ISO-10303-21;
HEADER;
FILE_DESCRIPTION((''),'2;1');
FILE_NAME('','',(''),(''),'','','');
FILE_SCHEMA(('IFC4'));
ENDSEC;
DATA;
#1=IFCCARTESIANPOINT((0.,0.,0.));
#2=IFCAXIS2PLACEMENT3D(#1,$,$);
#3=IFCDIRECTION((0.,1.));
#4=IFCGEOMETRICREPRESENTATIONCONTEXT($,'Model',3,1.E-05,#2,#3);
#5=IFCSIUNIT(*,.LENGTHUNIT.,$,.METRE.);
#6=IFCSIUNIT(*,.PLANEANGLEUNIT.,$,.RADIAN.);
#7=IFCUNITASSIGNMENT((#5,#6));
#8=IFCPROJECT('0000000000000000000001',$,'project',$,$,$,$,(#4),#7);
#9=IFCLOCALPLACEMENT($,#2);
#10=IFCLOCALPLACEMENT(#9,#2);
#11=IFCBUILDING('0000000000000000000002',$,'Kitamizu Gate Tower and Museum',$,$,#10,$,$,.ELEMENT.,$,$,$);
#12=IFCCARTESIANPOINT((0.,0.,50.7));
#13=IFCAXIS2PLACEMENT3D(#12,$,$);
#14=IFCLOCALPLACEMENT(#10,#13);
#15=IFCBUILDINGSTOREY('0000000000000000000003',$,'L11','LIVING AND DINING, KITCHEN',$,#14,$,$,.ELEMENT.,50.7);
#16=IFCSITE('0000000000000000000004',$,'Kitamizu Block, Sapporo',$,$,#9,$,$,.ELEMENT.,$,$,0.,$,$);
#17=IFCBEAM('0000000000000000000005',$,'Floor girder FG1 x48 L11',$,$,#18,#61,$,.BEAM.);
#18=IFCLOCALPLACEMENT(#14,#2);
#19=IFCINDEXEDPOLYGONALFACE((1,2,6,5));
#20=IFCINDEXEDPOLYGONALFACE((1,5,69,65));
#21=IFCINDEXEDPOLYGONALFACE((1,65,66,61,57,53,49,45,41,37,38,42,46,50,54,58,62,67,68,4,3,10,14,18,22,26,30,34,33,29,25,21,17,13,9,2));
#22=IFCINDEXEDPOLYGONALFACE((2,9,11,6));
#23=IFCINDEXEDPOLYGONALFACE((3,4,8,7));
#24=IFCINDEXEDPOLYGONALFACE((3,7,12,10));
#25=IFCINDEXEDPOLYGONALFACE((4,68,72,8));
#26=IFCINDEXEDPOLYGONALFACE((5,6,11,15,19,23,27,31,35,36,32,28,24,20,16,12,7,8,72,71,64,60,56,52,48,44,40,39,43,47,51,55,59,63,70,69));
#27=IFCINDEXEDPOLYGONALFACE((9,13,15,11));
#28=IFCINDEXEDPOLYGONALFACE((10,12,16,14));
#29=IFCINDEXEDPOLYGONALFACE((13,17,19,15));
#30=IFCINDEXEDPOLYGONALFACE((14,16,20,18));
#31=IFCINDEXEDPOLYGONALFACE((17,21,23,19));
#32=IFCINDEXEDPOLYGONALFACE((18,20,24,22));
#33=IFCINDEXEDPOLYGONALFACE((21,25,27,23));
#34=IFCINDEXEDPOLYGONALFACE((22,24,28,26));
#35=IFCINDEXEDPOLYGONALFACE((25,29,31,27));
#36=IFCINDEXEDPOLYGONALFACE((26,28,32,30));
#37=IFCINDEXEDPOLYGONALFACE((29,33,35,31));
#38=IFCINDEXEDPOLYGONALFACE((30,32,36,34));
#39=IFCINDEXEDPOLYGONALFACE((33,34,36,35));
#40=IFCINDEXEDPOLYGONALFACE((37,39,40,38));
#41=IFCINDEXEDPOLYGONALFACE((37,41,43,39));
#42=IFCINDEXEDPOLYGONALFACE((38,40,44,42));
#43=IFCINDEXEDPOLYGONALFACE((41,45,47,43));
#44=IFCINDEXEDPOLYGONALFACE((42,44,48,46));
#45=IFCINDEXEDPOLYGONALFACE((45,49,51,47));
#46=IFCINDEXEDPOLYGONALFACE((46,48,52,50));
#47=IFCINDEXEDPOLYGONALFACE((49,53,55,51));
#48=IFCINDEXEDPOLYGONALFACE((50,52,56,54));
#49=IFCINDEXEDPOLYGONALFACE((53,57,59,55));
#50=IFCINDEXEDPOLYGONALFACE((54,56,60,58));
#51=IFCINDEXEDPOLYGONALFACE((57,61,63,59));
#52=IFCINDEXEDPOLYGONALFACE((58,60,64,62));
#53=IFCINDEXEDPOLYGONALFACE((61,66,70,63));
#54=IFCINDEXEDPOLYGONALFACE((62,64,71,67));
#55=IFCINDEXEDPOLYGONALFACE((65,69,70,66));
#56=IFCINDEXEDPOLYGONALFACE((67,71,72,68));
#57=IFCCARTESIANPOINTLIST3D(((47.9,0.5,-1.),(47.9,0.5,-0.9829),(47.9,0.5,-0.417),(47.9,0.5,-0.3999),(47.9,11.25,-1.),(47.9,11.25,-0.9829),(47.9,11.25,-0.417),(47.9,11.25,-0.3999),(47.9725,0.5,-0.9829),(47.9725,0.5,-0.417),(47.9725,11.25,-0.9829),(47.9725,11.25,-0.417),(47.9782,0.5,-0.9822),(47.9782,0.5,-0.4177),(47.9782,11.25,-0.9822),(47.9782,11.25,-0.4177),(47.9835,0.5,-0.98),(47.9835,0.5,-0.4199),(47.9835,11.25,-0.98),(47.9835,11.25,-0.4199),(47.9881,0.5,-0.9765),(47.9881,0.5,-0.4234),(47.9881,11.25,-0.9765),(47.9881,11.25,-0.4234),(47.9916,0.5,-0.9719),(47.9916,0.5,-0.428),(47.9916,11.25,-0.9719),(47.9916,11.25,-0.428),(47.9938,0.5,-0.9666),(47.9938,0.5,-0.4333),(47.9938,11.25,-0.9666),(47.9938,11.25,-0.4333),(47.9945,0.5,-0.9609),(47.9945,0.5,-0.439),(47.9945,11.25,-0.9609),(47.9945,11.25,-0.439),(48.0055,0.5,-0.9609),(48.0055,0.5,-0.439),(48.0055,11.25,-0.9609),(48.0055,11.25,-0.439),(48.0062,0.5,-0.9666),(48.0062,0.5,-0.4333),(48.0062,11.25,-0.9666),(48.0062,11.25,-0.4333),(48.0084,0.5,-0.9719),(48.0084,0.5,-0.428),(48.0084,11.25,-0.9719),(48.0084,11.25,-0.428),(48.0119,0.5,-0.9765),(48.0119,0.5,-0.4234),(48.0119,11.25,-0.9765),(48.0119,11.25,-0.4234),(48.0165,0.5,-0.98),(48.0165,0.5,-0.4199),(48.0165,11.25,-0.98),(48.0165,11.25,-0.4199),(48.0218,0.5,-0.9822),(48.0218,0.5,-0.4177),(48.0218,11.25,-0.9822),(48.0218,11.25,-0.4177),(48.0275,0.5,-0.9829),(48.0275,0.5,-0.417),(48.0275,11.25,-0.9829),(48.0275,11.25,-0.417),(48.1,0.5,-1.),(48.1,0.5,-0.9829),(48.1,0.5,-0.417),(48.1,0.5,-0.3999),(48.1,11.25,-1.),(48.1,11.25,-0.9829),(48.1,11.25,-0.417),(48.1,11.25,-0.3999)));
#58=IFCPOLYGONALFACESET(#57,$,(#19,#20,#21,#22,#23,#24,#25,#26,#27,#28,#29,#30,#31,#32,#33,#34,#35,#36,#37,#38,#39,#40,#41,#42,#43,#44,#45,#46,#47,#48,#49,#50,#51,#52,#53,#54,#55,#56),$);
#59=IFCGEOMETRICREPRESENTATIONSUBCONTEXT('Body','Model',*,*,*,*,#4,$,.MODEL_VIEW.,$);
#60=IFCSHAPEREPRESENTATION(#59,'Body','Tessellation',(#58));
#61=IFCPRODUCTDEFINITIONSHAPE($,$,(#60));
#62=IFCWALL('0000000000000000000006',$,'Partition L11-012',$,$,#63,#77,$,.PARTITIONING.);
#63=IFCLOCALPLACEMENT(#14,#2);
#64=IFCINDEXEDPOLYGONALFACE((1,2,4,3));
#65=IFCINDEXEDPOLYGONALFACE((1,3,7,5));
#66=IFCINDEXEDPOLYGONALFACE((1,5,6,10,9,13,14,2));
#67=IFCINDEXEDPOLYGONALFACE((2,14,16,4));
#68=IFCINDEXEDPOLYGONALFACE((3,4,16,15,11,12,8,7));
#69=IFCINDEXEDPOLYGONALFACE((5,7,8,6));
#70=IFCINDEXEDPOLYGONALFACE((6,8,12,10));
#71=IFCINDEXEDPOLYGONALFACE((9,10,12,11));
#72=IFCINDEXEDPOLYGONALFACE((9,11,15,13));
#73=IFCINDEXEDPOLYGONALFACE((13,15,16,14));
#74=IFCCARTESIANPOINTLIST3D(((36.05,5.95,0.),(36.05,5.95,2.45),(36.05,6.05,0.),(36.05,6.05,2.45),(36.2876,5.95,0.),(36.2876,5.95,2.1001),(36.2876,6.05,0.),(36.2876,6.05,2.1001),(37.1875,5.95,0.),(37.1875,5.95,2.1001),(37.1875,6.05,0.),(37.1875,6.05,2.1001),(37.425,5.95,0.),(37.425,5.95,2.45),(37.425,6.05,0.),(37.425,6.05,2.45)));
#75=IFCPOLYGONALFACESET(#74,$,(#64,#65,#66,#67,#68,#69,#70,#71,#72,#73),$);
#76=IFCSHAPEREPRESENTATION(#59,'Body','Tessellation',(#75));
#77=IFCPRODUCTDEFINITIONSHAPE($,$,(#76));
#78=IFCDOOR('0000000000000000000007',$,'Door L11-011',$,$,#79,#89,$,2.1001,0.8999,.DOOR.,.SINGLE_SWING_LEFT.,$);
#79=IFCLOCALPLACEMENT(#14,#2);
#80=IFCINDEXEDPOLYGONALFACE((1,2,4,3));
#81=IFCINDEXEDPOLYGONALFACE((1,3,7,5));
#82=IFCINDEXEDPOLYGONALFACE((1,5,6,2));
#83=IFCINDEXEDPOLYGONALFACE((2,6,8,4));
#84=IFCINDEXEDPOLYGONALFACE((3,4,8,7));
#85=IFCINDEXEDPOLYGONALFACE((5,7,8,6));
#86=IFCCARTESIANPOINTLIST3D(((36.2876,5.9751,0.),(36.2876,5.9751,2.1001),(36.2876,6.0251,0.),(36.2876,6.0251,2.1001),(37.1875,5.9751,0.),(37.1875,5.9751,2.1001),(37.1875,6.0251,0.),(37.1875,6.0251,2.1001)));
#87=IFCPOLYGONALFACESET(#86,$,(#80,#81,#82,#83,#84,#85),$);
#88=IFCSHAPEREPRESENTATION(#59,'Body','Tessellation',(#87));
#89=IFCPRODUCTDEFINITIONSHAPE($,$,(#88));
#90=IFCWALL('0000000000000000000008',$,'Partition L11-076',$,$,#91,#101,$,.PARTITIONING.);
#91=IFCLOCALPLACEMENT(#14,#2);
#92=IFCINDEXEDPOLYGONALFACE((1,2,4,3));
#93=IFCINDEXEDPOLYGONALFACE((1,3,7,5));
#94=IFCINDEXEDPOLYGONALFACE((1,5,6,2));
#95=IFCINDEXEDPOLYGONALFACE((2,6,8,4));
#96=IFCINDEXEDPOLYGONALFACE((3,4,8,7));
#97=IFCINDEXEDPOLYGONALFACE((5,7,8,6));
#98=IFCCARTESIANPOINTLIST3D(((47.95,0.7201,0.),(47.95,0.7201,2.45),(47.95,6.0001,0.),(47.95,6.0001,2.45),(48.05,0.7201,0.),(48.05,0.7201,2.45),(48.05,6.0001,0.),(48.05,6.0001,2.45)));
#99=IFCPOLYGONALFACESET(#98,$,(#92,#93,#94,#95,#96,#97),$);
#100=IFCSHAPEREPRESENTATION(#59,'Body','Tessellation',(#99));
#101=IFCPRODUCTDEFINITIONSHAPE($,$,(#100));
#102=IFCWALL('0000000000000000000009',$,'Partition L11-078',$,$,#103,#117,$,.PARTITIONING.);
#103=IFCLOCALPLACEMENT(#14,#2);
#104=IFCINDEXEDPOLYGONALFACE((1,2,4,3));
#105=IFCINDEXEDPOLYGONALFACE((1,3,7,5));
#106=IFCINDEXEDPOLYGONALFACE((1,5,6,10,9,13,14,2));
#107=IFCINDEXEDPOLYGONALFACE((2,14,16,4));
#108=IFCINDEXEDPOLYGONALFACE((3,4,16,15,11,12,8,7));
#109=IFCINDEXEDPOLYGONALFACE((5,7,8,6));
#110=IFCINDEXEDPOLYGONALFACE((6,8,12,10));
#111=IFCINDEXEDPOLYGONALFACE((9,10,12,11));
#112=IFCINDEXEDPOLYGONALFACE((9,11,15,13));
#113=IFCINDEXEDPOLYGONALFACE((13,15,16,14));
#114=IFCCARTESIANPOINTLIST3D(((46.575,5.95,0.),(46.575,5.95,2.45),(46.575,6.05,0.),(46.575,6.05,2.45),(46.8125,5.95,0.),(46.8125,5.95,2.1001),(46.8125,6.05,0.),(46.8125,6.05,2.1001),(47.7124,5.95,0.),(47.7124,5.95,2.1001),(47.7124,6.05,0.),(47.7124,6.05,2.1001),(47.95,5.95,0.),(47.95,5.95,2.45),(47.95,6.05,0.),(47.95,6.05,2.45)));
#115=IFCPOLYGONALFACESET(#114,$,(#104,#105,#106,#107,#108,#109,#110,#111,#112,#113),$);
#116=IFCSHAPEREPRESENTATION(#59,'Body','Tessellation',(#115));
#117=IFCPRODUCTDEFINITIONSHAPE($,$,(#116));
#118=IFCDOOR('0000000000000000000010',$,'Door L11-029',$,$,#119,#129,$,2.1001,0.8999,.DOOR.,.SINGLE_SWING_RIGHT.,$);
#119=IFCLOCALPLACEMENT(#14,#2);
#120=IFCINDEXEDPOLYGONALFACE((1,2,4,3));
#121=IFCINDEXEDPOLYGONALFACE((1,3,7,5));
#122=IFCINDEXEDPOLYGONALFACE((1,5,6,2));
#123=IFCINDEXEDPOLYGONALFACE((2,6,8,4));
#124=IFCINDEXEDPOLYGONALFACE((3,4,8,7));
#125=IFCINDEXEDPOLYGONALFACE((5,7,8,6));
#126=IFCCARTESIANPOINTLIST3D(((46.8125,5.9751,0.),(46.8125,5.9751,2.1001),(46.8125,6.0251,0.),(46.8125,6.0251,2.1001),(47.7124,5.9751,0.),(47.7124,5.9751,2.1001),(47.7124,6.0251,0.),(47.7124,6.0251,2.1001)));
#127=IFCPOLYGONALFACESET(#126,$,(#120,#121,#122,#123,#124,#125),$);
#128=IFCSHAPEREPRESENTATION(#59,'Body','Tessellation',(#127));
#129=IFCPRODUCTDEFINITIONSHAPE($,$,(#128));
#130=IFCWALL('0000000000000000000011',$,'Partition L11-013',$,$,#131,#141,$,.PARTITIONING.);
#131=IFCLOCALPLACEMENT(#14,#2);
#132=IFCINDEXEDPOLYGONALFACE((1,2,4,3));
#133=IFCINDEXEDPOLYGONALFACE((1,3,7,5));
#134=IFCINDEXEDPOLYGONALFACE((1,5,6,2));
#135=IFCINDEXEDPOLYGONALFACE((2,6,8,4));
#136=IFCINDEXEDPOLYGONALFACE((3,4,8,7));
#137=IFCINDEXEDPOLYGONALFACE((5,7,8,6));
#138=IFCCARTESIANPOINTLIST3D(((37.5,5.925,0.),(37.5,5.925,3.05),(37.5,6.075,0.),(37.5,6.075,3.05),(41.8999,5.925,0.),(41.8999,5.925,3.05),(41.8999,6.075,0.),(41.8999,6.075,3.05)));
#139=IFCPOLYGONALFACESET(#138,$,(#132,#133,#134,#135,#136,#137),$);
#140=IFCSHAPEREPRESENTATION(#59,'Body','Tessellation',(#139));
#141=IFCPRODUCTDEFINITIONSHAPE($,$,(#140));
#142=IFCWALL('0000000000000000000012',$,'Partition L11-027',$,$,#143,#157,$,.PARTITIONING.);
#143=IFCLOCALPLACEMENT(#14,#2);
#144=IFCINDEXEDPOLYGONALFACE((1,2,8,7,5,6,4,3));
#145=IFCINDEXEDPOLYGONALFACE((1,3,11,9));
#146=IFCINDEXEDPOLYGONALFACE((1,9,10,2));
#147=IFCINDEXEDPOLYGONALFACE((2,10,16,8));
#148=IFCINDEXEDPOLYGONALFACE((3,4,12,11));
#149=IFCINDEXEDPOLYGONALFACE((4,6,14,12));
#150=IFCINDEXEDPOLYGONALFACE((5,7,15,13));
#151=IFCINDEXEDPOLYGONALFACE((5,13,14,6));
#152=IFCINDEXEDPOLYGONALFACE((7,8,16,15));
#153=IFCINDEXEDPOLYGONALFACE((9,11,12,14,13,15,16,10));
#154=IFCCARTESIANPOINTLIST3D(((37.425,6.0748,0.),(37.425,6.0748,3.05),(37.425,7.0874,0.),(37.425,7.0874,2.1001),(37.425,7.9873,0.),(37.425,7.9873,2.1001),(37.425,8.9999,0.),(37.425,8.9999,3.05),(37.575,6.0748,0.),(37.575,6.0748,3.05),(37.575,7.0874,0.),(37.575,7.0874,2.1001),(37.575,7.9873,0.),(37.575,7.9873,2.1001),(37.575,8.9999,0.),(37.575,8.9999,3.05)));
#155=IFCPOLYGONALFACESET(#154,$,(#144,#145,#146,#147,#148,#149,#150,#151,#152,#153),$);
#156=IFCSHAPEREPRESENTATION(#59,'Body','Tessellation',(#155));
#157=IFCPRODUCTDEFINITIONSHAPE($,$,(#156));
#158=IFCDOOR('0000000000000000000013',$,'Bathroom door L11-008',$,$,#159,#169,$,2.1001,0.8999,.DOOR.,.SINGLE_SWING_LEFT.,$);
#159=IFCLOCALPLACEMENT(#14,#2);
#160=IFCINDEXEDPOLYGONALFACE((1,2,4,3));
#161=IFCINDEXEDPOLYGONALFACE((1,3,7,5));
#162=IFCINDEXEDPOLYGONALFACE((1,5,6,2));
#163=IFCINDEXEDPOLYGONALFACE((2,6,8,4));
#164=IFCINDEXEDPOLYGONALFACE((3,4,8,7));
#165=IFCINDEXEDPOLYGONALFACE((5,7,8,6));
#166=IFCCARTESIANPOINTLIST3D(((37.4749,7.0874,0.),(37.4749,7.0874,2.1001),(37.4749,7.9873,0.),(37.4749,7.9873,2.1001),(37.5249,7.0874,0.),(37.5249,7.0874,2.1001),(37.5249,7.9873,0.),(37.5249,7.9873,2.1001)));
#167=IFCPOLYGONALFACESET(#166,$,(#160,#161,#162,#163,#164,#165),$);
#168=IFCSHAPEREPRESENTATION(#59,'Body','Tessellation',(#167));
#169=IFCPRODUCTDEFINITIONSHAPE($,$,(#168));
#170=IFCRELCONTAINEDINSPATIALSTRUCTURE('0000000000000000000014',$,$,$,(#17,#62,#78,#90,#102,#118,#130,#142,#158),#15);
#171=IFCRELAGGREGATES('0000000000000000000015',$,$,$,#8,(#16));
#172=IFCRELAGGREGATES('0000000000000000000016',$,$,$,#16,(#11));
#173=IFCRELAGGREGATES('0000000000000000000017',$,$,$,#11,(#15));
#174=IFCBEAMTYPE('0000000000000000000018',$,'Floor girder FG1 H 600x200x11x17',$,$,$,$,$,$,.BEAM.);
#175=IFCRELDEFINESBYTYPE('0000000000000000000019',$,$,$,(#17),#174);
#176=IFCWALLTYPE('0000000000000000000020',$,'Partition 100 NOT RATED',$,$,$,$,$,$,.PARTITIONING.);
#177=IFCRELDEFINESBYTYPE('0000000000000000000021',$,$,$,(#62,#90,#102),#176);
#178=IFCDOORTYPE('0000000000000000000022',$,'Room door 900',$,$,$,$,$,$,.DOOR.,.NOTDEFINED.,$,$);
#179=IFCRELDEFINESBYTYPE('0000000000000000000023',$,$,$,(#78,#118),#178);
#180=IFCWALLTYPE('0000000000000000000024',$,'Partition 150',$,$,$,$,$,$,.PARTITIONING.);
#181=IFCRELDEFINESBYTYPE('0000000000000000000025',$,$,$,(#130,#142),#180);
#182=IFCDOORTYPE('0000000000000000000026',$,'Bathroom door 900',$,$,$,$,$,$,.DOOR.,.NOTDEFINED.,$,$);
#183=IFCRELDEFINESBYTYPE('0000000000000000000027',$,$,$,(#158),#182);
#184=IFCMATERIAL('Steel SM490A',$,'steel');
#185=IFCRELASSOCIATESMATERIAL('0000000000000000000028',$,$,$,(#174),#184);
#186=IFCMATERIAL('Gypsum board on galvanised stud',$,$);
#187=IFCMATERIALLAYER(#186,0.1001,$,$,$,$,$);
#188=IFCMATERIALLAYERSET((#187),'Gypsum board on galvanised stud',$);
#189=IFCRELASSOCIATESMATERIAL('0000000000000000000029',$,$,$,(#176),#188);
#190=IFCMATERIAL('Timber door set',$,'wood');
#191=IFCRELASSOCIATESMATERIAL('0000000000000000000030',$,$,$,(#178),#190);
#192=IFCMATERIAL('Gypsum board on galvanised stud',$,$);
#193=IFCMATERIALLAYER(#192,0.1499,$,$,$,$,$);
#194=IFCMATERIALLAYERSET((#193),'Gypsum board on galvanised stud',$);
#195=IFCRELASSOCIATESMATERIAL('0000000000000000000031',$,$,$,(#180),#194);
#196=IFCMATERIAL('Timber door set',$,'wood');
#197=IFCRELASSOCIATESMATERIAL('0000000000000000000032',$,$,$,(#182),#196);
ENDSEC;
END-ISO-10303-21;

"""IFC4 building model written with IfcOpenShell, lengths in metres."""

from ifc_helpers import new_model, si_unit, direction, frame, frame_2d, origin, origin_2d, place, context, subcontext, project, spatial, rectangle, i_section, extrude, material, layer, layer_set, material_profile, profile_set, type_object, element, fill, save


model = new_model("IFC4")

# Units and contexts
model_context = context("Model", 3, precision=1e-05, world=origin(), true_north=direction((0.0, 1.0)))
body_context = subcontext(model_context, "Body", "Model", "MODEL_VIEW")
ifc_project = project(units=[si_unit("LENGTHUNIT", "METRE"), si_unit("PLANEANGLEUNIT", "RADIAN")], contexts=[model_context])

# Site, building, storey
site_placement = place(None, origin())
site = spatial("IfcSite", under=ifc_project, at=site_placement, Name="Kitamizu Block, Sapporo", CompositionType="ELEMENT", RefElevation=0.0)
building_placement = place(site_placement, origin())
building = spatial("IfcBuilding", under=site, at=building_placement, Name="Kitamizu Gate Tower and Museum", CompositionType="ELEMENT")
storey_placement = place(building_placement, frame((0.0, 0.0, 50.7)))
storey = spatial("IfcBuildingStorey", under=building, at=storey_placement, Name="L11", Description="LIVING AND DINING, KITCHEN", CompositionType="ELEMENT", Elevation=50.7)

# Beam
ifc_material_1 = material(Name="Steel SM490A", Category="steel")
ifc_material_profile_1 = material_profile(ifc_material_1, i_section(OverallWidth=0.2, OverallDepth=0.6001, WebThickness=0.011, FlangeThickness=0.0171, FilletRadius=0.022, at=origin_2d()), Name="H-600x200x11x17")
ifc_profile_set_1 = profile_set([ifc_material_profile_1], Name="Steel SM490A")
beam_type_1 = type_object("IfcBeamType", Name="Floor girder FG1 H 600x200x11x17", PredefinedType="BEAM", material=ifc_profile_set_1)
beam_placement = place(storey_placement, frame((48.0, 0.5, -0.7), z_axis=(0.0, 1.0, 0.0), x_axis=(-1.0, 0.0, 0.0)))
element("IfcBeam", 1, at=beam_placement, inside=storey, type_object=beam_type_1, Name="Floor girder FG1 x48 L11", PredefinedType="BEAM", context=body_context, shape_type="SweptSolid", body=[
    extrude(i_section(OverallWidth=0.2, OverallDepth=0.6001, WebThickness=0.011, FlangeThickness=0.0171, FilletRadius=0.022, at=origin_2d()), origin(), (0.0, 0.0, 1.0), 10.75),
])

# Wall, opening, door
ifc_material_2 = material(Name="Gypsum board on galvanised stud")
ifc_layer_1 = layer(ifc_material_2, 0.1001)
ifc_layer_set_1 = layer_set([ifc_layer_1], Name="Gypsum board on galvanised stud")
wall_type_1 = type_object("IfcWallType", Name="Partition 100 NOT RATED", PredefinedType="PARTITIONING", material=ifc_layer_set_1)
wall_1_placement = place(storey_placement, frame((37.425, 6.0, 0.0), z_axis=(0.0, 0.0, 1.0), x_axis=(-1.0, 0.0, 0.0)))
wall_1 = element("IfcWall", 2, at=wall_1_placement, inside=storey, type_object=wall_type_1, Name="Partition L11-012", PredefinedType="PARTITIONING", context=body_context, shape_type="SweptSolid", body=[
    extrude(rectangle(XDim=1.375, YDim=0.1001, at=frame_2d((0.6875, 0.0))), origin(), (0.0, 0.0, 1.0), 2.45),
])
opening_1_placement = place(wall_1_placement, frame((0.2375, 0.0, 0.0)))
opening_1 = element("IfcOpeningElement", 3, at=opening_1_placement, cuts=wall_1, PredefinedType="OPENING", context=body_context, shape_type="SweptSolid", body=[
    extrude(rectangle(XDim=0.8999, YDim=2.1001, at=frame_2d((0.45, 1.05))), frame((0.0, 0.0601, 0.0), z_axis=(0.0, -1.0, 0.0), x_axis=(1.0, 0.0, 0.0)), (0.0, 0.0, 1.0), 0.1201),
])
ifc_material_3 = material(Name="Timber door set", Category="wood")
door_type_1 = type_object("IfcDoorType", Name="Room door 900", OperationType="NOTDEFINED", PredefinedType="DOOR", material=ifc_material_3)
door_1_placement = place(opening_1_placement, origin())
door_1 = element("IfcDoor", 4, at=door_1_placement, inside=storey, type_object=door_type_1, Name="Door L11-011", OperationType="SINGLE_SWING_LEFT", OverallHeight=2.1001, OverallWidth=0.8999, PredefinedType="DOOR", context=body_context, shape_type="SweptSolid", body=[
    extrude(rectangle(XDim=0.8999, YDim=2.1001, at=frame_2d((0.45, 1.05))), frame((0.0, 0.0249, 0.0), z_axis=(0.0, -1.0, 0.0), x_axis=(1.0, 0.0, 0.0)), (0.0, 0.0, 1.0), 0.05),
])
fill(opening_1, door_1)

# Wall
wall_2_placement = place(storey_placement, frame((48.0, 0.72, 0.0), z_axis=(0.0, 0.0, 1.0), x_axis=(0.0, 1.0, 0.0)))
element("IfcWall", 5, at=wall_2_placement, inside=storey, type_object=wall_type_1, Name="Partition L11-076", PredefinedType="PARTITIONING", context=body_context, shape_type="SweptSolid", body=[
    extrude(rectangle(XDim=5.28, YDim=0.1001, at=frame_2d((2.6401, 0.0))), origin(), (0.0, 0.0, 1.0), 2.45),
])

# Wall, opening, door
wall_3_placement = place(storey_placement, frame((47.95, 6.0, 0.0), z_axis=(0.0, 0.0, 1.0), x_axis=(-1.0, 0.0, 0.0)))
wall_3 = element("IfcWall", 6, at=wall_3_placement, inside=storey, type_object=wall_type_1, Name="Partition L11-078", PredefinedType="PARTITIONING", context=body_context, shape_type="SweptSolid", body=[
    extrude(rectangle(XDim=1.375, YDim=0.1001, at=frame_2d((0.6875, 0.0))), origin(), (0.0, 0.0, 1.0), 2.45),
])
opening_2_placement = place(wall_3_placement, frame((0.2375, 0.0, 0.0)))
opening_2 = element("IfcOpeningElement", 7, at=opening_2_placement, cuts=wall_3, PredefinedType="OPENING", context=body_context, shape_type="SweptSolid", body=[
    extrude(rectangle(XDim=0.8999, YDim=2.1001, at=frame_2d((0.45, 1.05))), frame((0.0, 0.0601, 0.0), z_axis=(0.0, -1.0, 0.0), x_axis=(1.0, 0.0, 0.0)), (0.0, 0.0, 1.0), 0.1201),
])
door_2_placement = place(opening_2_placement, origin())
door_2 = element("IfcDoor", 8, at=door_2_placement, inside=storey, type_object=door_type_1, Name="Door L11-029", OperationType="SINGLE_SWING_RIGHT", OverallHeight=2.1001, OverallWidth=0.8999, PredefinedType="DOOR", context=body_context, shape_type="SweptSolid", body=[
    extrude(rectangle(XDim=0.8999, YDim=2.1001, at=frame_2d((0.45, 1.05))), frame((0.0, 0.0249, 0.0), z_axis=(0.0, -1.0, 0.0), x_axis=(1.0, 0.0, 0.0)), (0.0, 0.0, 1.0), 0.05),
])
fill(opening_2, door_2)

# Wall
ifc_material_4 = material(Name="Gypsum board on galvanised stud")
ifc_layer_2 = layer(ifc_material_4, 0.1499)
ifc_layer_set_2 = layer_set([ifc_layer_2], Name="Gypsum board on galvanised stud")
wall_type_2 = type_object("IfcWallType", Name="Partition 150", PredefinedType="PARTITIONING", material=ifc_layer_set_2)
wall_4_placement = place(storey_placement, frame((41.8999, 6.0, 0.0), z_axis=(0.0, 0.0, 1.0), x_axis=(-1.0, 0.0, 0.0)))
element("IfcWall", 9, at=wall_4_placement, inside=storey, type_object=wall_type_2, Name="Partition L11-013", PredefinedType="PARTITIONING", context=body_context, shape_type="SweptSolid", body=[
    extrude(rectangle(XDim=4.3999, YDim=0.1499, at=frame_2d((2.2, 0.0))), origin(), (0.0, 0.0, 1.0), 3.05),
])

# Wall, opening, door
wall_5_placement = place(storey_placement, frame((37.5, 6.075, 0.0), z_axis=(0.0, 0.0, 1.0), x_axis=(0.0, 1.0, 0.0)))
wall_5 = element("IfcWall", 10, at=wall_5_placement, inside=storey, type_object=wall_type_2, Name="Partition L11-027", PredefinedType="PARTITIONING", context=body_context, shape_type="SweptSolid", body=[
    extrude(rectangle(XDim=2.925, YDim=0.1499, at=frame_2d((1.4624, 0.0))), origin(), (0.0, 0.0, 1.0), 3.05),
])
opening_3_placement = place(wall_5_placement, frame((1.0125, 0.0, 0.0)))
opening_3 = element("IfcOpeningElement", 11, at=opening_3_placement, cuts=wall_5, PredefinedType="OPENING", context=body_context, shape_type="SweptSolid", body=[
    extrude(rectangle(XDim=0.8999, YDim=2.1001, at=frame_2d((0.45, 1.05))), frame((0.0, 0.085, 0.0), z_axis=(0.0, -1.0, 0.0), x_axis=(1.0, 0.0, 0.0)), (0.0, 0.0, 1.0), 0.1699),
])
ifc_material_5 = material(Name="Timber door set", Category="wood")
door_type_2 = type_object("IfcDoorType", Name="Bathroom door 900", OperationType="NOTDEFINED", PredefinedType="DOOR", material=ifc_material_5)
door_3_placement = place(opening_3_placement, frame((0.8999, 0.0, 0.0), x_axis=(-1.0, 0.0, 0.0)))
door_3 = element("IfcDoor", 12, at=door_3_placement, inside=storey, type_object=door_type_2, Name="Bathroom door L11-008", OperationType="SINGLE_SWING_LEFT", OverallHeight=2.1001, OverallWidth=0.8999, PredefinedType="DOOR", context=body_context, shape_type="SweptSolid", body=[
    extrude(rectangle(XDim=0.8999, YDim=2.1001, at=frame_2d((0.45, 1.05))), frame((0.0, 0.0249, 0.0), z_axis=(0.0, -1.0, 0.0), x_axis=(1.0, 0.0, 0.0)), (0.0, 0.0, 1.0), 0.05),
])
fill(opening_3, door_3)

save(model, "model.ifc")
